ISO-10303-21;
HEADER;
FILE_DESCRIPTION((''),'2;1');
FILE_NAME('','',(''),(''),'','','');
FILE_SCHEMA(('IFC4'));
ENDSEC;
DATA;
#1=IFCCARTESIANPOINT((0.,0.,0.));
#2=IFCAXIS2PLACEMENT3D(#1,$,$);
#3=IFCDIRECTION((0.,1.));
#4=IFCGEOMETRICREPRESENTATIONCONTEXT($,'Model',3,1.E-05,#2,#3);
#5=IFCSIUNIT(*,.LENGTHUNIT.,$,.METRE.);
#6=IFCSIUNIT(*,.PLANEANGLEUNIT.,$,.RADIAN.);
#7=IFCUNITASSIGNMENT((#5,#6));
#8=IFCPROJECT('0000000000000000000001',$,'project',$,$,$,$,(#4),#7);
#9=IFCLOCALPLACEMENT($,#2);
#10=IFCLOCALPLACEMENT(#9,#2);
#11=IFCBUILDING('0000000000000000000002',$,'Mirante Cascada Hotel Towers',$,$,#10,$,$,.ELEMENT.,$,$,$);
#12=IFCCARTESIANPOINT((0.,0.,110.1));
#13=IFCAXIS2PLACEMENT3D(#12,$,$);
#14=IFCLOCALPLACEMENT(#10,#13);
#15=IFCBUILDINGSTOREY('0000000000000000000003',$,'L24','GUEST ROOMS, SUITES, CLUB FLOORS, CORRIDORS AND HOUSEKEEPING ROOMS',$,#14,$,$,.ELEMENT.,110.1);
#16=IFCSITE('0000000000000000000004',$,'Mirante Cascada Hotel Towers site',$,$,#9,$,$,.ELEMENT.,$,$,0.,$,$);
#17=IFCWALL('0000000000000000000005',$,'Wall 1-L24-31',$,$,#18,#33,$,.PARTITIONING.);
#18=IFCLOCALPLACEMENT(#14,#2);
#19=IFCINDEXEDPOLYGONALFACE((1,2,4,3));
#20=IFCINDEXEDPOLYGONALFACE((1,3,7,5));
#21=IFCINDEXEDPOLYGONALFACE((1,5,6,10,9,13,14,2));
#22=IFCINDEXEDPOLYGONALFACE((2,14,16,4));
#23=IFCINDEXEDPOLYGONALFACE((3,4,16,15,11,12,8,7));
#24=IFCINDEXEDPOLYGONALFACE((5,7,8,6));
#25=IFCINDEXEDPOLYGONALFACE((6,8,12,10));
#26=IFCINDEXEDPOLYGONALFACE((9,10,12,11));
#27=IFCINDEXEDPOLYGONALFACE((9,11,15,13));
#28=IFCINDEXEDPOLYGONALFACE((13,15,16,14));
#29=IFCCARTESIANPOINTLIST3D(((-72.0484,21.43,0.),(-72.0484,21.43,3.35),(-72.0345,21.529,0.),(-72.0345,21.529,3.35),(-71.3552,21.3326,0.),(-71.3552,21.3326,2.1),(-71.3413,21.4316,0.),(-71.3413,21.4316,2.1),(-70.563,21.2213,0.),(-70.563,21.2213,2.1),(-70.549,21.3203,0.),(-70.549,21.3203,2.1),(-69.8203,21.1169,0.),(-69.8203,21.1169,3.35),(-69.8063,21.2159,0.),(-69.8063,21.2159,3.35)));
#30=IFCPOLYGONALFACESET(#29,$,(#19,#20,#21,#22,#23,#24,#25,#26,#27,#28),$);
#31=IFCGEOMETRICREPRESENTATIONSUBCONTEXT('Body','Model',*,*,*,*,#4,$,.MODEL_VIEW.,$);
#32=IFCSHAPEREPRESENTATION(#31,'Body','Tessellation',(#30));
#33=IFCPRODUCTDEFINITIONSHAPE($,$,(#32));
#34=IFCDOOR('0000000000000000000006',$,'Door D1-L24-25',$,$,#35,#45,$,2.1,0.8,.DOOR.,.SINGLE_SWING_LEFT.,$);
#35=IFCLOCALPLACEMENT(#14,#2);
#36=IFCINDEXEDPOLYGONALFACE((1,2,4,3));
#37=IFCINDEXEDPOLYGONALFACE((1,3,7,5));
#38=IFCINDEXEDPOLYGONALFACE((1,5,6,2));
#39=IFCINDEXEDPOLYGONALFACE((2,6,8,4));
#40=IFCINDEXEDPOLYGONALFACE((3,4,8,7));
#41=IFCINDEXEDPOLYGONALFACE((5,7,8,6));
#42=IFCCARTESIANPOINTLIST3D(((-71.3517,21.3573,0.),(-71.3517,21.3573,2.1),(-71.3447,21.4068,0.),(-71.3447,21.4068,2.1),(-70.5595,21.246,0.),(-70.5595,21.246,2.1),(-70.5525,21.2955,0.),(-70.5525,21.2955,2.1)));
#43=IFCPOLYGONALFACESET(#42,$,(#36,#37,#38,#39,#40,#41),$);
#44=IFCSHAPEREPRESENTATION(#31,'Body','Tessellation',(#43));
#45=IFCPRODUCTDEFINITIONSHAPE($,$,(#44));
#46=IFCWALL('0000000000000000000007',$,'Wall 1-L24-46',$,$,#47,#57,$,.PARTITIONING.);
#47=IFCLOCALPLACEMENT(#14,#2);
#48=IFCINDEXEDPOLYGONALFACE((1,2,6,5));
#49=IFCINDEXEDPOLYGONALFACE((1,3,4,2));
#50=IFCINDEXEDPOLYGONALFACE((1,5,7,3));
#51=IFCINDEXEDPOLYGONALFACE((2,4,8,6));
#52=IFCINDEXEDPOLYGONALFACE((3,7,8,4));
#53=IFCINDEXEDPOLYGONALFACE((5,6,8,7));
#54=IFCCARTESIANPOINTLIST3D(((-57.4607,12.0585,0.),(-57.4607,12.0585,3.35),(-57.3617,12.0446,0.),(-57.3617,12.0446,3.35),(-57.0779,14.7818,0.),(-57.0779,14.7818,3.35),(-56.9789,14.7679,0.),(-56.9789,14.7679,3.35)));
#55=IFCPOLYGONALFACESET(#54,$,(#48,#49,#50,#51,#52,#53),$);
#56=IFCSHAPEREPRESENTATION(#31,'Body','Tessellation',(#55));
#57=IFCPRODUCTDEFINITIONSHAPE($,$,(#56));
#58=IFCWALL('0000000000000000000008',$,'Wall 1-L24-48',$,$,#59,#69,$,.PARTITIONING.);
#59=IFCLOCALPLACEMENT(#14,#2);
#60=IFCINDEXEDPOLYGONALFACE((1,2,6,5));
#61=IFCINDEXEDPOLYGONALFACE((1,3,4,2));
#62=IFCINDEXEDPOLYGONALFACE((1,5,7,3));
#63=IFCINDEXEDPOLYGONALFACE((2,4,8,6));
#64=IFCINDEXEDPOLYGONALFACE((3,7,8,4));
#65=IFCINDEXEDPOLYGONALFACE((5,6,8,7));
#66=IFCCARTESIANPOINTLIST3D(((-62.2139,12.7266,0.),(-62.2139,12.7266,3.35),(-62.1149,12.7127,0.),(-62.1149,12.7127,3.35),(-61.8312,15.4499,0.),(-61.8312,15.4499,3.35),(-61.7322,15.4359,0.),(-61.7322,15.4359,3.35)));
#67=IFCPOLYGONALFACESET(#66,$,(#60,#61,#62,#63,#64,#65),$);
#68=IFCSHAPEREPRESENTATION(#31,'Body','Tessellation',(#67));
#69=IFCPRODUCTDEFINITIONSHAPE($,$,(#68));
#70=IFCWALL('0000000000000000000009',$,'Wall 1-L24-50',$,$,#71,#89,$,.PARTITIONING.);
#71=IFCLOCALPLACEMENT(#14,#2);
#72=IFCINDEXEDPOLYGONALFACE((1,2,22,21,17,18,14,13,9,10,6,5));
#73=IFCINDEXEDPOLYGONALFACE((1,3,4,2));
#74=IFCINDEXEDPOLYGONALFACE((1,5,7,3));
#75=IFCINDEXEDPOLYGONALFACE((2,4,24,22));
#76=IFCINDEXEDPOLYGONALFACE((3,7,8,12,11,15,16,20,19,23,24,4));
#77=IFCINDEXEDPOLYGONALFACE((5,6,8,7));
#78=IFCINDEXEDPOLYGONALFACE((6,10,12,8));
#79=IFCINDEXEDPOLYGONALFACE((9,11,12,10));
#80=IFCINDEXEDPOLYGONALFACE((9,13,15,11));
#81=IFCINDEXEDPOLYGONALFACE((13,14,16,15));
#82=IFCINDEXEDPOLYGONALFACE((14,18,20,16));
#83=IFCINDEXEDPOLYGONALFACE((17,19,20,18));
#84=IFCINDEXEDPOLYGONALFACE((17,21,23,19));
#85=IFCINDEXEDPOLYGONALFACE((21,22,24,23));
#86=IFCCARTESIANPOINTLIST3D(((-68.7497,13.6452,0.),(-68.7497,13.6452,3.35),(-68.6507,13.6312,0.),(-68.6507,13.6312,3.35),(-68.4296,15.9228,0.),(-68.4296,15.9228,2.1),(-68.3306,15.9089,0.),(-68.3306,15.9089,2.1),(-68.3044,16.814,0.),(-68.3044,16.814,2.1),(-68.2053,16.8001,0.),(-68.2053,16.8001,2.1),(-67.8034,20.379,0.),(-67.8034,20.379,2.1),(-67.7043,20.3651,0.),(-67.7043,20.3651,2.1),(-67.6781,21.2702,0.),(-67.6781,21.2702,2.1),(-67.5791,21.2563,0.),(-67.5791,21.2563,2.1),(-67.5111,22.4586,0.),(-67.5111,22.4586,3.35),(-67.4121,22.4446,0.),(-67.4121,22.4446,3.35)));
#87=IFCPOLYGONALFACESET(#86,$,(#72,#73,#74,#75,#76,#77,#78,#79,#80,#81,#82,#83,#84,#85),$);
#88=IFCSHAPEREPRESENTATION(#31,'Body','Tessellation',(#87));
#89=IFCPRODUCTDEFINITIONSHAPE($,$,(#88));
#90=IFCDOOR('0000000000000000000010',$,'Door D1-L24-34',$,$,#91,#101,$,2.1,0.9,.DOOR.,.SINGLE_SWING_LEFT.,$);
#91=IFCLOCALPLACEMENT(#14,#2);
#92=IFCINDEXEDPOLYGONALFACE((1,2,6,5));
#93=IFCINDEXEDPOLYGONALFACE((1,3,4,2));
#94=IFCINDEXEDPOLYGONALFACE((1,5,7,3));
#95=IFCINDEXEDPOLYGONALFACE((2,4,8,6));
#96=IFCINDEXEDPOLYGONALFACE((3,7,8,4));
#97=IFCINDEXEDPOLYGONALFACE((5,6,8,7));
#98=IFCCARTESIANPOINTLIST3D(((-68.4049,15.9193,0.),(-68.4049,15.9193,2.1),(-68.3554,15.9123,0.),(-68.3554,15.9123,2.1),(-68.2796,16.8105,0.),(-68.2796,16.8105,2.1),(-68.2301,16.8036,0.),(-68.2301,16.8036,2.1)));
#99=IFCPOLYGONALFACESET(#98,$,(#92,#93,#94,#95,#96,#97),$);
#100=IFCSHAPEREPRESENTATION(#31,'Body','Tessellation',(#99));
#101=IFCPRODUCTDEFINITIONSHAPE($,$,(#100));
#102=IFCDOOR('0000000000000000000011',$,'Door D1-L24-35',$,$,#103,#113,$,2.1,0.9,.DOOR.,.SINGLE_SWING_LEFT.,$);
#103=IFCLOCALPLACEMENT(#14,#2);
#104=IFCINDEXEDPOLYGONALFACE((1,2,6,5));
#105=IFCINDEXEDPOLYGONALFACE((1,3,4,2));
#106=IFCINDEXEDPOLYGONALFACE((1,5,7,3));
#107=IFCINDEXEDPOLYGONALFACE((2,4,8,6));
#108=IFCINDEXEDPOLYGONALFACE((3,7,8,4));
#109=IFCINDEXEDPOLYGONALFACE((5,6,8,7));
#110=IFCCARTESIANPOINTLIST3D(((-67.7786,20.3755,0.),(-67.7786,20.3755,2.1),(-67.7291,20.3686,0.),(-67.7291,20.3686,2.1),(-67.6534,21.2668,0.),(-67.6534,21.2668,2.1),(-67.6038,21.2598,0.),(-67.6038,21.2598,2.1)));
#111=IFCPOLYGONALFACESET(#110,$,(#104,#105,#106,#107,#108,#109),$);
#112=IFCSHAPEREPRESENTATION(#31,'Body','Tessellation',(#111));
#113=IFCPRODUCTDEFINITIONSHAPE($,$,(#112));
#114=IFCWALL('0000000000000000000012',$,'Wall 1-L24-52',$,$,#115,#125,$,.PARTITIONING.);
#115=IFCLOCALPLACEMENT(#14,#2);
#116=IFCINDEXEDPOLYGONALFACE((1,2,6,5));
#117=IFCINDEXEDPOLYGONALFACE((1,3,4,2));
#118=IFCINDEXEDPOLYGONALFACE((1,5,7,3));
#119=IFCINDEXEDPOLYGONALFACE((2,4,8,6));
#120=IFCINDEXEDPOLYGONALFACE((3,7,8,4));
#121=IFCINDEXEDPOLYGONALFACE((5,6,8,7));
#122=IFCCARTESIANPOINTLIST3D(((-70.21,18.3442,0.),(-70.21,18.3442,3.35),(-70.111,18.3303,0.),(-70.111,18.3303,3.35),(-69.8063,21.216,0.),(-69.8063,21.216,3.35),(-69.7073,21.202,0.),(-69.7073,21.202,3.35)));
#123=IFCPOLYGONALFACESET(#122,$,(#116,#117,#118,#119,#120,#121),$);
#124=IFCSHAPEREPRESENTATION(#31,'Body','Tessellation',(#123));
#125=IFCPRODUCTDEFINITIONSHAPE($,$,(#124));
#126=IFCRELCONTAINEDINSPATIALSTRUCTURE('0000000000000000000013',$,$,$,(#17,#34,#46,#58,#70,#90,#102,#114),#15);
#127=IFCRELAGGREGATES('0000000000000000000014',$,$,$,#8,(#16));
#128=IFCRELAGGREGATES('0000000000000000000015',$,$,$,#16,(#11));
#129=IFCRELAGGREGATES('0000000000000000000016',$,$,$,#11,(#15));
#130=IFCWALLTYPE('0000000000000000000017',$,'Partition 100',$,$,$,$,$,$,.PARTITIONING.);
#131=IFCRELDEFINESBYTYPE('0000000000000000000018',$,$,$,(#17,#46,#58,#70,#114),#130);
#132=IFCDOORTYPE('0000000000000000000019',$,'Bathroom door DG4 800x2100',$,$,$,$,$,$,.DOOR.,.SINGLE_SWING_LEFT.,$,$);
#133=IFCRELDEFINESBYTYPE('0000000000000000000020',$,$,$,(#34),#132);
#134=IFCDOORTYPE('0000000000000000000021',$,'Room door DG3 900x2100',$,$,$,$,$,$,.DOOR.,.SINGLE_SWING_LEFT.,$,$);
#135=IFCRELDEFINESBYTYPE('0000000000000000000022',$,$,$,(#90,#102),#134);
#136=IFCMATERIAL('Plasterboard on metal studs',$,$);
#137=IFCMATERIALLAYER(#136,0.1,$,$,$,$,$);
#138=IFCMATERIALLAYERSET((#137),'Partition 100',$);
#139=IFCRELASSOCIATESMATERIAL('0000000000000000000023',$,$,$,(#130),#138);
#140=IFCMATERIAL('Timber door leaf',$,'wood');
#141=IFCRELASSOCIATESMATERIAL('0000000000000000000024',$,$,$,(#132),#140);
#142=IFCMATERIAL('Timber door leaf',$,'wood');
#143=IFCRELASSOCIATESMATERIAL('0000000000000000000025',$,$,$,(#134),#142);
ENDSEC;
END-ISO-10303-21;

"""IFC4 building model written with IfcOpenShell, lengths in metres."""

from ifc_helpers import new_model, si_unit, direction, frame, frame_2d, origin, place, context, subcontext, project, spatial, rectangle, extrude, material, layer, layer_set, type_object, element, fill, save


model = new_model("IFC4")

# Units and contexts
model_context = context("Model", 3, precision=1e-05, world=origin(), true_north=direction((0.0, 1.0)))
body_context = subcontext(model_context, "Body", "Model", "MODEL_VIEW")
ifc_project = project(units=[si_unit("LENGTHUNIT", "METRE"), si_unit("PLANEANGLEUNIT", "RADIAN")], contexts=[model_context])

# Site, building, storey
site_placement = place(None, origin())
site = spatial("IfcSite", under=ifc_project, at=site_placement, Name="Mirante Cascada Hotel Towers site", CompositionType="ELEMENT", RefElevation=0.0)
building_placement = place(site_placement, origin())
building = spatial("IfcBuilding", under=site, at=building_placement, Name="Mirante Cascada Hotel Towers", CompositionType="ELEMENT")
storey_placement = place(building_placement, frame((0.0, 0.0, 110.1)))
storey = spatial("IfcBuildingStorey", under=building, at=storey_placement, Name="L24", Description="GUEST ROOMS, SUITES, CLUB FLOORS, CORRIDORS AND HOUSEKEEPING ROOMS", CompositionType="ELEMENT", Elevation=110.1)

# Shared definitions
ifc_material_1 = material(Name="Plasterboard on metal studs")
ifc_layer_1 = layer(ifc_material_1, 0.1)
ifc_layer_set_1 = layer_set([ifc_layer_1], Name="Partition 100")
wall_type = type_object("IfcWallType", Name="Partition 100", PredefinedType="PARTITIONING", material=ifc_layer_set_1)
ifc_material_2 = material(Name="Timber door leaf", Category="wood")
door_type_1 = type_object("IfcDoorType", Name="Bathroom door DG4 800x2100", OperationType="SINGLE_SWING_LEFT", PredefinedType="DOOR", material=ifc_material_2)

# Wall, opening, door
wall_1_placement = place(storey_placement, frame((-69.8133, 21.1664, 0.0), z_axis=(0.0, 0.0, 1.0), x_axis=(-0.990271, 0.139156, 0.0)))
wall_1 = element("IfcWall", 1, at=wall_1_placement, inside=storey, type_object=wall_type, Name="Wall 1-L24-31", PredefinedType="PARTITIONING", context=body_context, shape_type="SweptSolid", body=[
    extrude(rectangle(XDim=2.25, YDim=0.1, at=frame_2d((1.125, 0.0))), origin(), (0.0, 0.0, 1.0), 3.35),
])
opening_1_placement = place(wall_1_placement, frame((0.75, 0.0, 0.0)))
opening_1 = element("IfcOpeningElement", 2, at=opening_1_placement, cuts=wall_1, PredefinedType="OPENING", context=body_context, shape_type="SweptSolid", body=[
    extrude(rectangle(XDim=0.8, YDim=2.1, at=frame_2d((0.4, 1.05))), frame((0.0, 0.05, 0.0), z_axis=(0.0, -1.0, 0.0), x_axis=(1.0, 0.0, 0.0)), (0.0, 0.0, 1.0), 0.1),
])
door_1_placement = place(opening_1_placement, origin())
door_1 = element("IfcDoor", 3, at=door_1_placement, inside=storey, type_object=door_type_1, Name="Door D1-L24-25", OperationType="SINGLE_SWING_LEFT", OverallHeight=2.1, OverallWidth=0.8, PredefinedType="DOOR", context=body_context, shape_type="SweptSolid", body=[
    extrude(rectangle(XDim=0.8, YDim=2.1, at=frame_2d((0.4, 1.05))), frame((0.0, 0.025, 0.0), z_axis=(0.0, -1.0, 0.0), x_axis=(1.0, 0.0, 0.0)), (0.0, 0.0, 1.0), 0.05),
])
fill(opening_1, door_1)

# Walls
wall_2_placement = place(storey_placement, frame((-57.0284, 14.7749, 0.0), z_axis=(0.0, 0.0, 1.0), x_axis=(-0.139196, -0.990265, 0.0)))
element("IfcWall", 4, at=wall_2_placement, inside=storey, type_object=wall_type, Name="Wall 1-L24-46", PredefinedType="PARTITIONING", context=body_context, shape_type="SweptSolid", body=[
    extrude(rectangle(XDim=2.7501, YDim=0.1, at=frame_2d((1.3751, 0.0))), origin(), (0.0, 0.0, 1.0), 3.35),
])
wall_3_placement = place(storey_placement, frame((-61.7817, 15.4429, 0.0), z_axis=(0.0, 0.0, 1.0), x_axis=(-0.139166, -0.990269, 0.0)))
element("IfcWall", 5, at=wall_3_placement, inside=storey, type_object=wall_type, Name="Wall 1-L24-48", PredefinedType="PARTITIONING", context=body_context, shape_type="SweptSolid", body=[
    extrude(rectangle(XDim=2.75, YDim=0.1, at=frame_2d((1.375, 0.0))), origin(), (0.0, 0.0, 1.0), 3.35),
])

# Wall, openings, doors
wall_4_placement = place(storey_placement, frame((-67.4616, 22.4516, 0.0), z_axis=(0.0, 0.0, 1.0), x_axis=(-0.139168, -0.990269, 0.0)))
wall_4 = element("IfcWall", 6, at=wall_4_placement, inside=storey, type_object=wall_type, Name="Wall 1-L24-50", PredefinedType="PARTITIONING", context=body_context, shape_type="SweptSolid", body=[
    extrude(rectangle(XDim=8.9, YDim=0.1, at=frame_2d((4.45, 0.0))), origin(), (0.0, 0.0, 1.0), 3.35),
])
opening_2_placement = place(wall_4_placement, frame((5.7, 0.0, 0.0)))
opening_2 = element("IfcOpeningElement", 7, at=opening_2_placement, cuts=wall_4, PredefinedType="OPENING", context=body_context, shape_type="SweptSolid", body=[
    extrude(rectangle(XDim=0.9, YDim=2.1, at=frame_2d((0.45, 1.05))), frame((0.0, 0.05, 0.0), z_axis=(0.0, -1.0, 0.0), x_axis=(1.0, 0.0, 0.0)), (0.0, 0.0, 1.0), 0.1),
])
opening_3_placement = place(wall_4_placement, frame((1.2, 0.0, 0.0)))
opening_3 = element("IfcOpeningElement", 8, at=opening_3_placement, cuts=wall_4, PredefinedType="OPENING", context=body_context, shape_type="SweptSolid", body=[
    extrude(rectangle(XDim=0.9, YDim=2.1, at=frame_2d((0.45, 1.05))), frame((0.0, 0.05, 0.0), z_axis=(0.0, -1.0, 0.0), x_axis=(1.0, 0.0, 0.0)), (0.0, 0.0, 1.0), 0.1),
])
ifc_material_3 = material(Name="Timber door leaf", Category="wood")
door_type_2 = type_object("IfcDoorType", Name="Room door DG3 900x2100", OperationType="SINGLE_SWING_LEFT", PredefinedType="DOOR", material=ifc_material_3)
door_2_placement = place(opening_2_placement, origin())
door_2 = element("IfcDoor", 9, at=door_2_placement, inside=storey, type_object=door_type_2, Name="Door D1-L24-34", OperationType="SINGLE_SWING_LEFT", OverallHeight=2.1, OverallWidth=0.9, PredefinedType="DOOR", context=body_context, shape_type="SweptSolid", body=[
    extrude(rectangle(XDim=0.9, YDim=2.1, at=frame_2d((0.45, 1.05))), frame((0.0, 0.025, 0.0), z_axis=(0.0, -1.0, 0.0), x_axis=(1.0, 0.0, 0.0)), (0.0, 0.0, 1.0), 0.05),
])
fill(opening_2, door_2)
door_3_placement = place(opening_3_placement, origin())
door_3 = element("IfcDoor", 10, at=door_3_placement, inside=storey, type_object=door_type_2, Name="Door D1-L24-35", OperationType="SINGLE_SWING_LEFT", OverallHeight=2.1, OverallWidth=0.9, PredefinedType="DOOR", context=body_context, shape_type="SweptSolid", body=[
    extrude(rectangle(XDim=0.9, YDim=2.1, at=frame_2d((0.45, 1.05))), frame((0.0, 0.025, 0.0), z_axis=(0.0, -1.0, 0.0), x_axis=(1.0, 0.0, 0.0)), (0.0, 0.0, 1.0), 0.05),
])
fill(opening_3, door_3)

# Wall
wall_5_placement = place(storey_placement, frame((-69.7568, 21.209, 0.0), z_axis=(0.0, 0.0, 1.0), x_axis=(-0.139205, -0.990264, 0.0)))
element("IfcWall", 11, at=wall_5_placement, inside=storey, type_object=wall_type, Name="Wall 1-L24-52", PredefinedType="PARTITIONING", context=body_context, shape_type="SweptSolid", body=[
    extrude(rectangle(XDim=2.9, YDim=0.1, at=frame_2d((1.45, 0.0))), origin(), (0.0, 0.0, 1.0), 3.35),
])

save(model, "model.ifc")
